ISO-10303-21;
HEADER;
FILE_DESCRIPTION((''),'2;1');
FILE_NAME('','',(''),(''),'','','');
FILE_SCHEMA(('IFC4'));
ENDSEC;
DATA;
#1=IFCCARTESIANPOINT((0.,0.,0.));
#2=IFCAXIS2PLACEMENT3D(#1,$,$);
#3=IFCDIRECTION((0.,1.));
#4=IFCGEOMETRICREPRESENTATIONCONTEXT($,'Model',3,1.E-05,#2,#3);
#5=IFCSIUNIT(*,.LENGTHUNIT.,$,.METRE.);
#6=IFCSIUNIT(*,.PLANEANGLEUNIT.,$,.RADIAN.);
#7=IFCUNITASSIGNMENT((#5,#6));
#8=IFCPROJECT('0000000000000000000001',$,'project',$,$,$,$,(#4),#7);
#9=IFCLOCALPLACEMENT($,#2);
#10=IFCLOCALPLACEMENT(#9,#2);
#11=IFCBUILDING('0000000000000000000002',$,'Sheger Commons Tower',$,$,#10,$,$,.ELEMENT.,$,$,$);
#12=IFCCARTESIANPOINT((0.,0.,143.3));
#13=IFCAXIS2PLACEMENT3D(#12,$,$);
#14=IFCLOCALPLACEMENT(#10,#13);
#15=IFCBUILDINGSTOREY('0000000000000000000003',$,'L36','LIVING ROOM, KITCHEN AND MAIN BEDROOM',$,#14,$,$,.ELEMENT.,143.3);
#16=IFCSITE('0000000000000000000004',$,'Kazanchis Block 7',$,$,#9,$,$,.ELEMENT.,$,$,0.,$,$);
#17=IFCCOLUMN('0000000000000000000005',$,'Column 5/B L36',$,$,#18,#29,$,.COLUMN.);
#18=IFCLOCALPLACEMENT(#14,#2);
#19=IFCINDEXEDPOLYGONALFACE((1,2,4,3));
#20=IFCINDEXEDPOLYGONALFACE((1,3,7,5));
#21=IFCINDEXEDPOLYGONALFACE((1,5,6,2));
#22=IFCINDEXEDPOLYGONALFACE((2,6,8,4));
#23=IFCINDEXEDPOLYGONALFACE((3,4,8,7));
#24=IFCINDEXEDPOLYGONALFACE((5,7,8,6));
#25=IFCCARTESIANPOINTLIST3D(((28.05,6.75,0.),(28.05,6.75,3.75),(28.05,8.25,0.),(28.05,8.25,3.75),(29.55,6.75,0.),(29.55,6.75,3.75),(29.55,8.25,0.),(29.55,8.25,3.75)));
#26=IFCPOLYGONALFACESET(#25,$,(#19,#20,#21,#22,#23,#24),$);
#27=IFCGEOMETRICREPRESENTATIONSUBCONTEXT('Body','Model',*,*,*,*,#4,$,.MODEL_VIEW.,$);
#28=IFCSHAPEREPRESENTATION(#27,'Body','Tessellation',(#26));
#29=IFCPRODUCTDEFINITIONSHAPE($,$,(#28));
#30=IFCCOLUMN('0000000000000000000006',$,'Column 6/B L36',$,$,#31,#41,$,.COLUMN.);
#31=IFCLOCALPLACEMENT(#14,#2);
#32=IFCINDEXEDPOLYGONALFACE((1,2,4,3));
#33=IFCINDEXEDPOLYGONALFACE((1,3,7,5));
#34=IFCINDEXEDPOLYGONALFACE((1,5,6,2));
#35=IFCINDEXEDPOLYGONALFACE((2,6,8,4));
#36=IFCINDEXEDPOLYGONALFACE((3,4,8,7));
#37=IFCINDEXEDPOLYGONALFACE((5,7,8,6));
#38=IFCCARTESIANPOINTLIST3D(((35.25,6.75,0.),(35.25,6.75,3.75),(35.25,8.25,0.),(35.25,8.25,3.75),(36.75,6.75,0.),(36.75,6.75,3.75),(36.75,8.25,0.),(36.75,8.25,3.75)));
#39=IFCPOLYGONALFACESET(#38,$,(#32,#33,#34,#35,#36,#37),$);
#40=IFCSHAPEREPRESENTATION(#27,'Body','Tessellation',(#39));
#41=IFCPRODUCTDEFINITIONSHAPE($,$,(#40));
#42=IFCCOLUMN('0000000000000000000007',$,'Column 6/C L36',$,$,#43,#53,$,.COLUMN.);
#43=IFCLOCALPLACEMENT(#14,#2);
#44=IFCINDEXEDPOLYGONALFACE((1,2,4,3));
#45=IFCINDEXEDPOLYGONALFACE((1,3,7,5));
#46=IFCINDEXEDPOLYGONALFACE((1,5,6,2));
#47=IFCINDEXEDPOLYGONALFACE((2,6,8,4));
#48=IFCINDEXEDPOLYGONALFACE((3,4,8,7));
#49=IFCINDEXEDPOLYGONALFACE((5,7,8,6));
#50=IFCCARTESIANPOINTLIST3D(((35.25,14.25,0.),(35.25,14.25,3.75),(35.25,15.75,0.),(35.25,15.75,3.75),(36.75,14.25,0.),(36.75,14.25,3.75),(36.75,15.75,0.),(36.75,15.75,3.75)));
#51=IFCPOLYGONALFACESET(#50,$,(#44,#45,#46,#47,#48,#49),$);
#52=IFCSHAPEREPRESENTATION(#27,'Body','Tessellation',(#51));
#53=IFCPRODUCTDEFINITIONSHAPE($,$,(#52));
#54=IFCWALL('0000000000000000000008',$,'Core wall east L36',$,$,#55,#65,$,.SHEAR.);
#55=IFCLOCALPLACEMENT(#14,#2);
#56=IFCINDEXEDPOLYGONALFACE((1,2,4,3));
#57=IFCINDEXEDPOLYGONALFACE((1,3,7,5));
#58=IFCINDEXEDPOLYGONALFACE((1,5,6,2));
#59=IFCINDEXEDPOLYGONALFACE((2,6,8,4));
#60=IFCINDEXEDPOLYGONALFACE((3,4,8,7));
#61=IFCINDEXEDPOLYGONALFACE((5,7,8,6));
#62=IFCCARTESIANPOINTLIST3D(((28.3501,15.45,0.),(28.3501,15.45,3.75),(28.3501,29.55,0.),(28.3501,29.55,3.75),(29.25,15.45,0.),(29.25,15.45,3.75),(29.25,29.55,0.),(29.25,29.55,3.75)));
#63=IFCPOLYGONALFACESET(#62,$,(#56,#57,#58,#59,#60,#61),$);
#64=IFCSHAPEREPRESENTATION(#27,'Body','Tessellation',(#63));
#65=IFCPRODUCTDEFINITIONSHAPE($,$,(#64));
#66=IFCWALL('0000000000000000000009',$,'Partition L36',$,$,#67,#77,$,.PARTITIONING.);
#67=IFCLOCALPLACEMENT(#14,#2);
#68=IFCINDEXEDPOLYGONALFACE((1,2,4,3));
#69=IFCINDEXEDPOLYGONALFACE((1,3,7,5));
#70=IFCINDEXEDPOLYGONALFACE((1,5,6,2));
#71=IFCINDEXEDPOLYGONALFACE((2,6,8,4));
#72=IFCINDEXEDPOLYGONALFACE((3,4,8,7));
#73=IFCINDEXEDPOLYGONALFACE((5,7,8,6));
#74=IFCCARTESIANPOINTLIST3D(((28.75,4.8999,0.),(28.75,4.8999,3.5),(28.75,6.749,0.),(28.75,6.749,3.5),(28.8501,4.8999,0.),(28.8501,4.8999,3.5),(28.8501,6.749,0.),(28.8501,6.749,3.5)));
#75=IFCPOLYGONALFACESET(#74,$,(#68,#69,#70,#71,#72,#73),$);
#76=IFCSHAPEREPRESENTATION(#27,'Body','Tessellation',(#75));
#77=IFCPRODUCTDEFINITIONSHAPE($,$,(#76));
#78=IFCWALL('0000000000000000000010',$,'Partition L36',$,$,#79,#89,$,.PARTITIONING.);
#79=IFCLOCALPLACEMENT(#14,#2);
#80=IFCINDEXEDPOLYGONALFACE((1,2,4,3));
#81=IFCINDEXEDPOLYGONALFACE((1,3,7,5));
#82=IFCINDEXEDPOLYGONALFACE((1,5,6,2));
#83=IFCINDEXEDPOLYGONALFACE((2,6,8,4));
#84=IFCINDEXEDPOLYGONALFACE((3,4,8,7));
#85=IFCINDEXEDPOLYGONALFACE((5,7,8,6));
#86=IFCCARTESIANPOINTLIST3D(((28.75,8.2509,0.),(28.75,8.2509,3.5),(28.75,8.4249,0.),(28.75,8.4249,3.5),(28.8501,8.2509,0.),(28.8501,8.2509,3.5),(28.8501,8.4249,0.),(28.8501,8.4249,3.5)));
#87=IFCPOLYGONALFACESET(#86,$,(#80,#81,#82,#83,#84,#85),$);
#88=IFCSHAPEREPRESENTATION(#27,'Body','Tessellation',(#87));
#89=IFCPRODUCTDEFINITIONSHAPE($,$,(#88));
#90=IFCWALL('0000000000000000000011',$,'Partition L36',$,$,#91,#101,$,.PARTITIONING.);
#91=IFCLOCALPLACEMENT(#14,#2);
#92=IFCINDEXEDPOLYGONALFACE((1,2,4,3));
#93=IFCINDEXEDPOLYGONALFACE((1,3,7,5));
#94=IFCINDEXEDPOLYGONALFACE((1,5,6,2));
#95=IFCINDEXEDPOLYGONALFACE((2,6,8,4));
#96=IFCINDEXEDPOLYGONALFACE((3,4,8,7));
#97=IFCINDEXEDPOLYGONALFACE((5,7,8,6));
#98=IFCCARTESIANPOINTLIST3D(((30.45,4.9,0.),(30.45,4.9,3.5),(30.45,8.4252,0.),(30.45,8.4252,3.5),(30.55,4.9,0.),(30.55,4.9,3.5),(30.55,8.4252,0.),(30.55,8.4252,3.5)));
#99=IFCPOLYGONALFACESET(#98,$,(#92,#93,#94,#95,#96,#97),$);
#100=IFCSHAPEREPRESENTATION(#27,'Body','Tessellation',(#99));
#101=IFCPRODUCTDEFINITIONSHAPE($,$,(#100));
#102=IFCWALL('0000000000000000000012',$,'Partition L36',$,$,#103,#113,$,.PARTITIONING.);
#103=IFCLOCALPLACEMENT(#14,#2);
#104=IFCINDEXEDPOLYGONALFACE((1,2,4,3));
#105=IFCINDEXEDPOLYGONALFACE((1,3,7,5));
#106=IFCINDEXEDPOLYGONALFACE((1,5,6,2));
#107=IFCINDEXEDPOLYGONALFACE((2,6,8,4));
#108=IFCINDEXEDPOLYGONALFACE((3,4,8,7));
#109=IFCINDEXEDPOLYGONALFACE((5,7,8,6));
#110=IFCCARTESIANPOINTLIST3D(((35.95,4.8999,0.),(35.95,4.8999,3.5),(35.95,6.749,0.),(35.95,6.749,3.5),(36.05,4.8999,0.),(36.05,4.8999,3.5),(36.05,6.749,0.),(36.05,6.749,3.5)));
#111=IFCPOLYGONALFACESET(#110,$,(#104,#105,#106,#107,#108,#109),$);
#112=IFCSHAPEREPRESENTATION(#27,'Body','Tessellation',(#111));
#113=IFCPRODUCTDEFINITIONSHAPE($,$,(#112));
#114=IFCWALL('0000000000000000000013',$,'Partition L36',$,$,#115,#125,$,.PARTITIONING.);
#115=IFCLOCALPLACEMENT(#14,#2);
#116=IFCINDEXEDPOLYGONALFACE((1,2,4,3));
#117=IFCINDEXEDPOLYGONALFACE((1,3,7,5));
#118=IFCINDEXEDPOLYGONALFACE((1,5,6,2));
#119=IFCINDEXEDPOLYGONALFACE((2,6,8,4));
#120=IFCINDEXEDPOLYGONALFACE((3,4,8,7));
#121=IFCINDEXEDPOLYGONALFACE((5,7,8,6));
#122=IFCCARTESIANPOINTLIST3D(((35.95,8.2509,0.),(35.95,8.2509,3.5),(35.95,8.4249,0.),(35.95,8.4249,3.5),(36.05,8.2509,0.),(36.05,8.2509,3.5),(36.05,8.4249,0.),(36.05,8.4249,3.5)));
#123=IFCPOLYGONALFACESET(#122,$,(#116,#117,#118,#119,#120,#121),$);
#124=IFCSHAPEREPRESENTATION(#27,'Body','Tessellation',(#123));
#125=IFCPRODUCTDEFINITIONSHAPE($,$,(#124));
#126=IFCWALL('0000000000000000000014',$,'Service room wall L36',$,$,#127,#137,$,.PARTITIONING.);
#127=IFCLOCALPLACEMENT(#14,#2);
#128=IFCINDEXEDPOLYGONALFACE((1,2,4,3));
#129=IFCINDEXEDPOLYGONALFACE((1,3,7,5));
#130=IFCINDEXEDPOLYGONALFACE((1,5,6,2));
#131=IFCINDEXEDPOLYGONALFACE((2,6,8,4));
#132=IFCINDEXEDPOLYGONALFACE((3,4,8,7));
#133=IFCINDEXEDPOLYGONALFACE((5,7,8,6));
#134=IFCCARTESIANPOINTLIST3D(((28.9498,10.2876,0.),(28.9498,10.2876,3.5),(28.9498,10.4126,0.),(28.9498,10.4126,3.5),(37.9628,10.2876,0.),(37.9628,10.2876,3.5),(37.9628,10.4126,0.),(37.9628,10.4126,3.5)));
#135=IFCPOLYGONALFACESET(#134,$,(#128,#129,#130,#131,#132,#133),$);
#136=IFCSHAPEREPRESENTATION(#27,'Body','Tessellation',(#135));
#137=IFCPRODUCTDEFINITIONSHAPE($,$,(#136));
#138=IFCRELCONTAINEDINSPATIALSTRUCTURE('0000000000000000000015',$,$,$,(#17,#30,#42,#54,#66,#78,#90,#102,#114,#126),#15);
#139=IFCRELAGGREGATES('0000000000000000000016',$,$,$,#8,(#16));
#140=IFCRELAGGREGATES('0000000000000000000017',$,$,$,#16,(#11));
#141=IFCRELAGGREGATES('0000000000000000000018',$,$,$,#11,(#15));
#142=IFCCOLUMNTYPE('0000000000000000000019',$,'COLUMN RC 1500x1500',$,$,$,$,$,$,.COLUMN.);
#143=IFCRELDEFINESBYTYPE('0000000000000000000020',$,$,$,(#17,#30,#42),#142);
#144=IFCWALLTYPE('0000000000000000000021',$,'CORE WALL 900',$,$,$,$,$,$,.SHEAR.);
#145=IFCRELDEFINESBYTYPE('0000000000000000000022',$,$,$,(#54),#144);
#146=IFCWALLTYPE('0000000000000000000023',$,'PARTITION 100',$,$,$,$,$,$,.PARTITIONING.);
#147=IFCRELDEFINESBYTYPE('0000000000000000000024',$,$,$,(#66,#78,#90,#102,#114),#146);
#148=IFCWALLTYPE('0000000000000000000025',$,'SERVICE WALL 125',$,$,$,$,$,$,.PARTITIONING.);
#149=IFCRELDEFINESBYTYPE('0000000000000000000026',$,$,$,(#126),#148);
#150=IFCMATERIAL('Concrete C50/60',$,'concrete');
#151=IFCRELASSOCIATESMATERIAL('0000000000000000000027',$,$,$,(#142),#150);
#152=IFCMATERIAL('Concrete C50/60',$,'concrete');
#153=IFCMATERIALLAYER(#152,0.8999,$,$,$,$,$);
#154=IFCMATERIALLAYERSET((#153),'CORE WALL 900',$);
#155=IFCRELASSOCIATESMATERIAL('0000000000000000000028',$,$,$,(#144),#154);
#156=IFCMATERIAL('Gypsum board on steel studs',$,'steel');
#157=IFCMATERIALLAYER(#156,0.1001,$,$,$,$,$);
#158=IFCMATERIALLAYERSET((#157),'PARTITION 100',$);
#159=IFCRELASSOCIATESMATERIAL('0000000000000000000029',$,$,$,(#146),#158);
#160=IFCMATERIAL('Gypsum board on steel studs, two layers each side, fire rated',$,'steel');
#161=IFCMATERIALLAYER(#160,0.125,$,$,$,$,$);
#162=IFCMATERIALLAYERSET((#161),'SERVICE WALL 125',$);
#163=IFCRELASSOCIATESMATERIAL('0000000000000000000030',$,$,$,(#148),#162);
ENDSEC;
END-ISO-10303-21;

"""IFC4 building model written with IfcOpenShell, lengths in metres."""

from ifc_helpers import new_model, si_unit, direction, frame, frame_2d, origin, origin_2d, place, context, subcontext, project, spatial, rectangle, extrude, material, layer, layer_set, material_profile, profile_set, type_object, element, save


model = new_model("IFC4")

# Units and contexts
model_context = context("Model", 3, precision=1e-05, world=origin(), true_north=direction((0.0, 1.0)))
body_context = subcontext(model_context, "Body", "Model", "MODEL_VIEW")
ifc_project = project(units=[si_unit("LENGTHUNIT", "METRE"), si_unit("PLANEANGLEUNIT", "RADIAN")], contexts=[model_context])

# Site, building, storey
site_placement = place(None, origin())
site = spatial("IfcSite", under=ifc_project, at=site_placement, Name="Kazanchis Block 7", CompositionType="ELEMENT", RefElevation=0.0)
building_placement = place(site_placement, origin())
building = spatial("IfcBuilding", under=site, at=building_placement, Name="Sheger Commons Tower", CompositionType="ELEMENT")
storey_placement = place(building_placement, frame((0.0, 0.0, 143.3)))
storey = spatial("IfcBuildingStorey", under=building, at=storey_placement, Name="L36", Description="LIVING ROOM, KITCHEN AND MAIN BEDROOM", CompositionType="ELEMENT", Elevation=143.3)

# Columns
ifc_material_1 = material(Name="Concrete C50/60", Category="concrete")
ifc_material_profile = material_profile(ifc_material_1, rectangle(XDim=1.5, YDim=1.5, at=origin_2d()), Name="RC 1500x1500")
ifc_profile_set = profile_set([ifc_material_profile], Name="Concrete C50/60")
column_type = type_object("IfcColumnType", Name="COLUMN RC 1500x1500", PredefinedType="COLUMN", material=ifc_profile_set)
for number, where, z_axis, x_axis, name in (
    (1, (28.8, 7.5, 0.0), (0.0, 0.0, 1.0), (1.0, 0.0, 0.0), "Column 5/B L36"),
    (2, (36.0, 7.5, 0.0), (0.0, 0.0, 1.0), (1.0, 0.0, 0.0), "Column 6/B L36"),
    (3, (36.0, 15.0, 0.0), (0.0, 0.0, 1.0), (1.0, 0.0, 0.0), "Column 6/C L36"),
):
    element("IfcColumn", number, at=place(storey_placement, frame(where, z_axis=z_axis, x_axis=x_axis)), inside=storey, type_object=column_type, Name=name, PredefinedType="COLUMN", context=body_context, shape_type="SweptSolid", body=[
        extrude(rectangle(XDim=1.5, YDim=1.5, at=origin_2d()), origin(), (0.0, 0.0, 1.0), 3.75),
    ])

# Walls
ifc_material_2 = material(Name="Concrete C50/60", Category="concrete")
ifc_layer_1 = layer(ifc_material_2, 0.8999)
ifc_layer_set_1 = layer_set([ifc_layer_1], Name="CORE WALL 900")
wall_type_1 = type_object("IfcWallType", Name="CORE WALL 900", PredefinedType="SHEAR", material=ifc_layer_set_1)
wall_1_placement = place(storey_placement, frame((28.8, 15.45, 0.0), z_axis=(0.0, 0.0, 1.0), x_axis=(0.0, 1.0, 0.0)))
element("IfcWall", 4, at=wall_1_placement, inside=storey, type_object=wall_type_1, Name="Core wall east L36", PredefinedType="SHEAR", context=body_context, shape_type="SweptSolid", body=[
    extrude(rectangle(XDim=14.1001, YDim=0.8999, at=frame_2d((7.05, 0.0))), origin(), (0.0, 0.0, 1.0), 3.75),
])
ifc_material_3 = material(Name="Gypsum board on steel studs", Category="steel")
ifc_layer_2 = layer(ifc_material_3, 0.1001)
ifc_layer_set_2 = layer_set([ifc_layer_2], Name="PARTITION 100")
wall_type_2 = type_object("IfcWallType", Name="PARTITION 100", PredefinedType="PARTITIONING", material=ifc_layer_set_2)
wall_2_placement = place(storey_placement, frame((28.8, 4.8999, 0.0), z_axis=(0.0, 0.0, 1.0), x_axis=(0.0, 1.0, 0.0)))
element("IfcWall", 5, at=wall_2_placement, inside=storey, type_object=wall_type_2, Name="Partition L36", PredefinedType="PARTITIONING", context=body_context, shape_type="SweptSolid", body=[
    extrude(rectangle(XDim=1.8491, YDim=0.1001, at=frame_2d((0.9246, 0.0))), origin(), (0.0, 0.0, 1.0), 3.5),
])
wall_3_placement = place(storey_placement, frame((28.8, 8.251, 0.0), z_axis=(0.0, 0.0, 1.0), x_axis=(0.0, 1.0, 0.0)))
element("IfcWall", 6, at=wall_3_placement, inside=storey, type_object=wall_type_2, Name="Partition L36", PredefinedType="PARTITIONING", context=body_context, shape_type="SweptSolid", body=[
    extrude(rectangle(XDim=0.1741, YDim=0.1001, at=frame_2d((0.0869, 0.0))), origin(), (0.0, 0.0, 1.0), 3.5),
])
wall_4_placement = place(storey_placement, frame((30.5, 4.8999, 0.0), z_axis=(0.0, 0.0, 1.0), x_axis=(0.0, 1.0, 0.0)))
element("IfcWall", 7, at=wall_4_placement, inside=storey, type_object=wall_type_2, Name="Partition L36", PredefinedType="PARTITIONING", context=body_context, shape_type="SweptSolid", body=[
    extrude(rectangle(XDim=3.5251, YDim=0.1001, at=frame_2d((1.7627, 0.0))), origin(), (0.0, 0.0, 1.0), 3.5),
])
wall_5_placement = place(storey_placement, frame((36.0, 4.8999, 0.0), z_axis=(0.0, 0.0, 1.0), x_axis=(0.0, 1.0, 0.0)))
element("IfcWall", 8, at=wall_5_placement, inside=storey, type_object=wall_type_2, Name="Partition L36", PredefinedType="PARTITIONING", context=body_context, shape_type="SweptSolid", body=[
    extrude(rectangle(XDim=1.8491, YDim=0.1001, at=frame_2d((0.9246, 0.0))), origin(), (0.0, 0.0, 1.0), 3.5),
])
wall_6_placement = place(storey_placement, frame((36.0, 8.251, 0.0), z_axis=(0.0, 0.0, 1.0), x_axis=(0.0, 1.0, 0.0)))
element("IfcWall", 9, at=wall_6_placement, inside=storey, type_object=wall_type_2, Name="Partition L36", PredefinedType="PARTITIONING", context=body_context, shape_type="SweptSolid", body=[
    extrude(rectangle(XDim=0.1741, YDim=0.1001, at=frame_2d((0.0869, 0.0))), origin(), (0.0, 0.0, 1.0), 3.5),
])
ifc_material_4 = material(Name="Gypsum board on steel studs, two layers each side, fire rated", Category="steel")
ifc_layer_3 = layer(ifc_material_4, 0.125)
ifc_layer_set_3 = layer_set([ifc_layer_3], Name="SERVICE WALL 125")
wall_type_3 = type_object("IfcWallType", Name="SERVICE WALL 125", PredefinedType="PARTITIONING", material=ifc_layer_set_3)
wall_7_placement = place(storey_placement, frame((28.95, 10.3501, 0.0), z_axis=(0.0, 0.0, 1.0), x_axis=(1.0, 0.0, 0.0)))
element("IfcWall", 10, at=wall_7_placement, inside=storey, type_object=wall_type_3, Name="Service room wall L36", PredefinedType="PARTITIONING", context=body_context, shape_type="SweptSolid", body=[
    extrude(rectangle(XDim=9.0129, YDim=0.125, at=frame_2d((4.5063, 0.0))), origin(), (0.0, 0.0, 1.0), 3.5),
])

save(model, "model.ifc")
